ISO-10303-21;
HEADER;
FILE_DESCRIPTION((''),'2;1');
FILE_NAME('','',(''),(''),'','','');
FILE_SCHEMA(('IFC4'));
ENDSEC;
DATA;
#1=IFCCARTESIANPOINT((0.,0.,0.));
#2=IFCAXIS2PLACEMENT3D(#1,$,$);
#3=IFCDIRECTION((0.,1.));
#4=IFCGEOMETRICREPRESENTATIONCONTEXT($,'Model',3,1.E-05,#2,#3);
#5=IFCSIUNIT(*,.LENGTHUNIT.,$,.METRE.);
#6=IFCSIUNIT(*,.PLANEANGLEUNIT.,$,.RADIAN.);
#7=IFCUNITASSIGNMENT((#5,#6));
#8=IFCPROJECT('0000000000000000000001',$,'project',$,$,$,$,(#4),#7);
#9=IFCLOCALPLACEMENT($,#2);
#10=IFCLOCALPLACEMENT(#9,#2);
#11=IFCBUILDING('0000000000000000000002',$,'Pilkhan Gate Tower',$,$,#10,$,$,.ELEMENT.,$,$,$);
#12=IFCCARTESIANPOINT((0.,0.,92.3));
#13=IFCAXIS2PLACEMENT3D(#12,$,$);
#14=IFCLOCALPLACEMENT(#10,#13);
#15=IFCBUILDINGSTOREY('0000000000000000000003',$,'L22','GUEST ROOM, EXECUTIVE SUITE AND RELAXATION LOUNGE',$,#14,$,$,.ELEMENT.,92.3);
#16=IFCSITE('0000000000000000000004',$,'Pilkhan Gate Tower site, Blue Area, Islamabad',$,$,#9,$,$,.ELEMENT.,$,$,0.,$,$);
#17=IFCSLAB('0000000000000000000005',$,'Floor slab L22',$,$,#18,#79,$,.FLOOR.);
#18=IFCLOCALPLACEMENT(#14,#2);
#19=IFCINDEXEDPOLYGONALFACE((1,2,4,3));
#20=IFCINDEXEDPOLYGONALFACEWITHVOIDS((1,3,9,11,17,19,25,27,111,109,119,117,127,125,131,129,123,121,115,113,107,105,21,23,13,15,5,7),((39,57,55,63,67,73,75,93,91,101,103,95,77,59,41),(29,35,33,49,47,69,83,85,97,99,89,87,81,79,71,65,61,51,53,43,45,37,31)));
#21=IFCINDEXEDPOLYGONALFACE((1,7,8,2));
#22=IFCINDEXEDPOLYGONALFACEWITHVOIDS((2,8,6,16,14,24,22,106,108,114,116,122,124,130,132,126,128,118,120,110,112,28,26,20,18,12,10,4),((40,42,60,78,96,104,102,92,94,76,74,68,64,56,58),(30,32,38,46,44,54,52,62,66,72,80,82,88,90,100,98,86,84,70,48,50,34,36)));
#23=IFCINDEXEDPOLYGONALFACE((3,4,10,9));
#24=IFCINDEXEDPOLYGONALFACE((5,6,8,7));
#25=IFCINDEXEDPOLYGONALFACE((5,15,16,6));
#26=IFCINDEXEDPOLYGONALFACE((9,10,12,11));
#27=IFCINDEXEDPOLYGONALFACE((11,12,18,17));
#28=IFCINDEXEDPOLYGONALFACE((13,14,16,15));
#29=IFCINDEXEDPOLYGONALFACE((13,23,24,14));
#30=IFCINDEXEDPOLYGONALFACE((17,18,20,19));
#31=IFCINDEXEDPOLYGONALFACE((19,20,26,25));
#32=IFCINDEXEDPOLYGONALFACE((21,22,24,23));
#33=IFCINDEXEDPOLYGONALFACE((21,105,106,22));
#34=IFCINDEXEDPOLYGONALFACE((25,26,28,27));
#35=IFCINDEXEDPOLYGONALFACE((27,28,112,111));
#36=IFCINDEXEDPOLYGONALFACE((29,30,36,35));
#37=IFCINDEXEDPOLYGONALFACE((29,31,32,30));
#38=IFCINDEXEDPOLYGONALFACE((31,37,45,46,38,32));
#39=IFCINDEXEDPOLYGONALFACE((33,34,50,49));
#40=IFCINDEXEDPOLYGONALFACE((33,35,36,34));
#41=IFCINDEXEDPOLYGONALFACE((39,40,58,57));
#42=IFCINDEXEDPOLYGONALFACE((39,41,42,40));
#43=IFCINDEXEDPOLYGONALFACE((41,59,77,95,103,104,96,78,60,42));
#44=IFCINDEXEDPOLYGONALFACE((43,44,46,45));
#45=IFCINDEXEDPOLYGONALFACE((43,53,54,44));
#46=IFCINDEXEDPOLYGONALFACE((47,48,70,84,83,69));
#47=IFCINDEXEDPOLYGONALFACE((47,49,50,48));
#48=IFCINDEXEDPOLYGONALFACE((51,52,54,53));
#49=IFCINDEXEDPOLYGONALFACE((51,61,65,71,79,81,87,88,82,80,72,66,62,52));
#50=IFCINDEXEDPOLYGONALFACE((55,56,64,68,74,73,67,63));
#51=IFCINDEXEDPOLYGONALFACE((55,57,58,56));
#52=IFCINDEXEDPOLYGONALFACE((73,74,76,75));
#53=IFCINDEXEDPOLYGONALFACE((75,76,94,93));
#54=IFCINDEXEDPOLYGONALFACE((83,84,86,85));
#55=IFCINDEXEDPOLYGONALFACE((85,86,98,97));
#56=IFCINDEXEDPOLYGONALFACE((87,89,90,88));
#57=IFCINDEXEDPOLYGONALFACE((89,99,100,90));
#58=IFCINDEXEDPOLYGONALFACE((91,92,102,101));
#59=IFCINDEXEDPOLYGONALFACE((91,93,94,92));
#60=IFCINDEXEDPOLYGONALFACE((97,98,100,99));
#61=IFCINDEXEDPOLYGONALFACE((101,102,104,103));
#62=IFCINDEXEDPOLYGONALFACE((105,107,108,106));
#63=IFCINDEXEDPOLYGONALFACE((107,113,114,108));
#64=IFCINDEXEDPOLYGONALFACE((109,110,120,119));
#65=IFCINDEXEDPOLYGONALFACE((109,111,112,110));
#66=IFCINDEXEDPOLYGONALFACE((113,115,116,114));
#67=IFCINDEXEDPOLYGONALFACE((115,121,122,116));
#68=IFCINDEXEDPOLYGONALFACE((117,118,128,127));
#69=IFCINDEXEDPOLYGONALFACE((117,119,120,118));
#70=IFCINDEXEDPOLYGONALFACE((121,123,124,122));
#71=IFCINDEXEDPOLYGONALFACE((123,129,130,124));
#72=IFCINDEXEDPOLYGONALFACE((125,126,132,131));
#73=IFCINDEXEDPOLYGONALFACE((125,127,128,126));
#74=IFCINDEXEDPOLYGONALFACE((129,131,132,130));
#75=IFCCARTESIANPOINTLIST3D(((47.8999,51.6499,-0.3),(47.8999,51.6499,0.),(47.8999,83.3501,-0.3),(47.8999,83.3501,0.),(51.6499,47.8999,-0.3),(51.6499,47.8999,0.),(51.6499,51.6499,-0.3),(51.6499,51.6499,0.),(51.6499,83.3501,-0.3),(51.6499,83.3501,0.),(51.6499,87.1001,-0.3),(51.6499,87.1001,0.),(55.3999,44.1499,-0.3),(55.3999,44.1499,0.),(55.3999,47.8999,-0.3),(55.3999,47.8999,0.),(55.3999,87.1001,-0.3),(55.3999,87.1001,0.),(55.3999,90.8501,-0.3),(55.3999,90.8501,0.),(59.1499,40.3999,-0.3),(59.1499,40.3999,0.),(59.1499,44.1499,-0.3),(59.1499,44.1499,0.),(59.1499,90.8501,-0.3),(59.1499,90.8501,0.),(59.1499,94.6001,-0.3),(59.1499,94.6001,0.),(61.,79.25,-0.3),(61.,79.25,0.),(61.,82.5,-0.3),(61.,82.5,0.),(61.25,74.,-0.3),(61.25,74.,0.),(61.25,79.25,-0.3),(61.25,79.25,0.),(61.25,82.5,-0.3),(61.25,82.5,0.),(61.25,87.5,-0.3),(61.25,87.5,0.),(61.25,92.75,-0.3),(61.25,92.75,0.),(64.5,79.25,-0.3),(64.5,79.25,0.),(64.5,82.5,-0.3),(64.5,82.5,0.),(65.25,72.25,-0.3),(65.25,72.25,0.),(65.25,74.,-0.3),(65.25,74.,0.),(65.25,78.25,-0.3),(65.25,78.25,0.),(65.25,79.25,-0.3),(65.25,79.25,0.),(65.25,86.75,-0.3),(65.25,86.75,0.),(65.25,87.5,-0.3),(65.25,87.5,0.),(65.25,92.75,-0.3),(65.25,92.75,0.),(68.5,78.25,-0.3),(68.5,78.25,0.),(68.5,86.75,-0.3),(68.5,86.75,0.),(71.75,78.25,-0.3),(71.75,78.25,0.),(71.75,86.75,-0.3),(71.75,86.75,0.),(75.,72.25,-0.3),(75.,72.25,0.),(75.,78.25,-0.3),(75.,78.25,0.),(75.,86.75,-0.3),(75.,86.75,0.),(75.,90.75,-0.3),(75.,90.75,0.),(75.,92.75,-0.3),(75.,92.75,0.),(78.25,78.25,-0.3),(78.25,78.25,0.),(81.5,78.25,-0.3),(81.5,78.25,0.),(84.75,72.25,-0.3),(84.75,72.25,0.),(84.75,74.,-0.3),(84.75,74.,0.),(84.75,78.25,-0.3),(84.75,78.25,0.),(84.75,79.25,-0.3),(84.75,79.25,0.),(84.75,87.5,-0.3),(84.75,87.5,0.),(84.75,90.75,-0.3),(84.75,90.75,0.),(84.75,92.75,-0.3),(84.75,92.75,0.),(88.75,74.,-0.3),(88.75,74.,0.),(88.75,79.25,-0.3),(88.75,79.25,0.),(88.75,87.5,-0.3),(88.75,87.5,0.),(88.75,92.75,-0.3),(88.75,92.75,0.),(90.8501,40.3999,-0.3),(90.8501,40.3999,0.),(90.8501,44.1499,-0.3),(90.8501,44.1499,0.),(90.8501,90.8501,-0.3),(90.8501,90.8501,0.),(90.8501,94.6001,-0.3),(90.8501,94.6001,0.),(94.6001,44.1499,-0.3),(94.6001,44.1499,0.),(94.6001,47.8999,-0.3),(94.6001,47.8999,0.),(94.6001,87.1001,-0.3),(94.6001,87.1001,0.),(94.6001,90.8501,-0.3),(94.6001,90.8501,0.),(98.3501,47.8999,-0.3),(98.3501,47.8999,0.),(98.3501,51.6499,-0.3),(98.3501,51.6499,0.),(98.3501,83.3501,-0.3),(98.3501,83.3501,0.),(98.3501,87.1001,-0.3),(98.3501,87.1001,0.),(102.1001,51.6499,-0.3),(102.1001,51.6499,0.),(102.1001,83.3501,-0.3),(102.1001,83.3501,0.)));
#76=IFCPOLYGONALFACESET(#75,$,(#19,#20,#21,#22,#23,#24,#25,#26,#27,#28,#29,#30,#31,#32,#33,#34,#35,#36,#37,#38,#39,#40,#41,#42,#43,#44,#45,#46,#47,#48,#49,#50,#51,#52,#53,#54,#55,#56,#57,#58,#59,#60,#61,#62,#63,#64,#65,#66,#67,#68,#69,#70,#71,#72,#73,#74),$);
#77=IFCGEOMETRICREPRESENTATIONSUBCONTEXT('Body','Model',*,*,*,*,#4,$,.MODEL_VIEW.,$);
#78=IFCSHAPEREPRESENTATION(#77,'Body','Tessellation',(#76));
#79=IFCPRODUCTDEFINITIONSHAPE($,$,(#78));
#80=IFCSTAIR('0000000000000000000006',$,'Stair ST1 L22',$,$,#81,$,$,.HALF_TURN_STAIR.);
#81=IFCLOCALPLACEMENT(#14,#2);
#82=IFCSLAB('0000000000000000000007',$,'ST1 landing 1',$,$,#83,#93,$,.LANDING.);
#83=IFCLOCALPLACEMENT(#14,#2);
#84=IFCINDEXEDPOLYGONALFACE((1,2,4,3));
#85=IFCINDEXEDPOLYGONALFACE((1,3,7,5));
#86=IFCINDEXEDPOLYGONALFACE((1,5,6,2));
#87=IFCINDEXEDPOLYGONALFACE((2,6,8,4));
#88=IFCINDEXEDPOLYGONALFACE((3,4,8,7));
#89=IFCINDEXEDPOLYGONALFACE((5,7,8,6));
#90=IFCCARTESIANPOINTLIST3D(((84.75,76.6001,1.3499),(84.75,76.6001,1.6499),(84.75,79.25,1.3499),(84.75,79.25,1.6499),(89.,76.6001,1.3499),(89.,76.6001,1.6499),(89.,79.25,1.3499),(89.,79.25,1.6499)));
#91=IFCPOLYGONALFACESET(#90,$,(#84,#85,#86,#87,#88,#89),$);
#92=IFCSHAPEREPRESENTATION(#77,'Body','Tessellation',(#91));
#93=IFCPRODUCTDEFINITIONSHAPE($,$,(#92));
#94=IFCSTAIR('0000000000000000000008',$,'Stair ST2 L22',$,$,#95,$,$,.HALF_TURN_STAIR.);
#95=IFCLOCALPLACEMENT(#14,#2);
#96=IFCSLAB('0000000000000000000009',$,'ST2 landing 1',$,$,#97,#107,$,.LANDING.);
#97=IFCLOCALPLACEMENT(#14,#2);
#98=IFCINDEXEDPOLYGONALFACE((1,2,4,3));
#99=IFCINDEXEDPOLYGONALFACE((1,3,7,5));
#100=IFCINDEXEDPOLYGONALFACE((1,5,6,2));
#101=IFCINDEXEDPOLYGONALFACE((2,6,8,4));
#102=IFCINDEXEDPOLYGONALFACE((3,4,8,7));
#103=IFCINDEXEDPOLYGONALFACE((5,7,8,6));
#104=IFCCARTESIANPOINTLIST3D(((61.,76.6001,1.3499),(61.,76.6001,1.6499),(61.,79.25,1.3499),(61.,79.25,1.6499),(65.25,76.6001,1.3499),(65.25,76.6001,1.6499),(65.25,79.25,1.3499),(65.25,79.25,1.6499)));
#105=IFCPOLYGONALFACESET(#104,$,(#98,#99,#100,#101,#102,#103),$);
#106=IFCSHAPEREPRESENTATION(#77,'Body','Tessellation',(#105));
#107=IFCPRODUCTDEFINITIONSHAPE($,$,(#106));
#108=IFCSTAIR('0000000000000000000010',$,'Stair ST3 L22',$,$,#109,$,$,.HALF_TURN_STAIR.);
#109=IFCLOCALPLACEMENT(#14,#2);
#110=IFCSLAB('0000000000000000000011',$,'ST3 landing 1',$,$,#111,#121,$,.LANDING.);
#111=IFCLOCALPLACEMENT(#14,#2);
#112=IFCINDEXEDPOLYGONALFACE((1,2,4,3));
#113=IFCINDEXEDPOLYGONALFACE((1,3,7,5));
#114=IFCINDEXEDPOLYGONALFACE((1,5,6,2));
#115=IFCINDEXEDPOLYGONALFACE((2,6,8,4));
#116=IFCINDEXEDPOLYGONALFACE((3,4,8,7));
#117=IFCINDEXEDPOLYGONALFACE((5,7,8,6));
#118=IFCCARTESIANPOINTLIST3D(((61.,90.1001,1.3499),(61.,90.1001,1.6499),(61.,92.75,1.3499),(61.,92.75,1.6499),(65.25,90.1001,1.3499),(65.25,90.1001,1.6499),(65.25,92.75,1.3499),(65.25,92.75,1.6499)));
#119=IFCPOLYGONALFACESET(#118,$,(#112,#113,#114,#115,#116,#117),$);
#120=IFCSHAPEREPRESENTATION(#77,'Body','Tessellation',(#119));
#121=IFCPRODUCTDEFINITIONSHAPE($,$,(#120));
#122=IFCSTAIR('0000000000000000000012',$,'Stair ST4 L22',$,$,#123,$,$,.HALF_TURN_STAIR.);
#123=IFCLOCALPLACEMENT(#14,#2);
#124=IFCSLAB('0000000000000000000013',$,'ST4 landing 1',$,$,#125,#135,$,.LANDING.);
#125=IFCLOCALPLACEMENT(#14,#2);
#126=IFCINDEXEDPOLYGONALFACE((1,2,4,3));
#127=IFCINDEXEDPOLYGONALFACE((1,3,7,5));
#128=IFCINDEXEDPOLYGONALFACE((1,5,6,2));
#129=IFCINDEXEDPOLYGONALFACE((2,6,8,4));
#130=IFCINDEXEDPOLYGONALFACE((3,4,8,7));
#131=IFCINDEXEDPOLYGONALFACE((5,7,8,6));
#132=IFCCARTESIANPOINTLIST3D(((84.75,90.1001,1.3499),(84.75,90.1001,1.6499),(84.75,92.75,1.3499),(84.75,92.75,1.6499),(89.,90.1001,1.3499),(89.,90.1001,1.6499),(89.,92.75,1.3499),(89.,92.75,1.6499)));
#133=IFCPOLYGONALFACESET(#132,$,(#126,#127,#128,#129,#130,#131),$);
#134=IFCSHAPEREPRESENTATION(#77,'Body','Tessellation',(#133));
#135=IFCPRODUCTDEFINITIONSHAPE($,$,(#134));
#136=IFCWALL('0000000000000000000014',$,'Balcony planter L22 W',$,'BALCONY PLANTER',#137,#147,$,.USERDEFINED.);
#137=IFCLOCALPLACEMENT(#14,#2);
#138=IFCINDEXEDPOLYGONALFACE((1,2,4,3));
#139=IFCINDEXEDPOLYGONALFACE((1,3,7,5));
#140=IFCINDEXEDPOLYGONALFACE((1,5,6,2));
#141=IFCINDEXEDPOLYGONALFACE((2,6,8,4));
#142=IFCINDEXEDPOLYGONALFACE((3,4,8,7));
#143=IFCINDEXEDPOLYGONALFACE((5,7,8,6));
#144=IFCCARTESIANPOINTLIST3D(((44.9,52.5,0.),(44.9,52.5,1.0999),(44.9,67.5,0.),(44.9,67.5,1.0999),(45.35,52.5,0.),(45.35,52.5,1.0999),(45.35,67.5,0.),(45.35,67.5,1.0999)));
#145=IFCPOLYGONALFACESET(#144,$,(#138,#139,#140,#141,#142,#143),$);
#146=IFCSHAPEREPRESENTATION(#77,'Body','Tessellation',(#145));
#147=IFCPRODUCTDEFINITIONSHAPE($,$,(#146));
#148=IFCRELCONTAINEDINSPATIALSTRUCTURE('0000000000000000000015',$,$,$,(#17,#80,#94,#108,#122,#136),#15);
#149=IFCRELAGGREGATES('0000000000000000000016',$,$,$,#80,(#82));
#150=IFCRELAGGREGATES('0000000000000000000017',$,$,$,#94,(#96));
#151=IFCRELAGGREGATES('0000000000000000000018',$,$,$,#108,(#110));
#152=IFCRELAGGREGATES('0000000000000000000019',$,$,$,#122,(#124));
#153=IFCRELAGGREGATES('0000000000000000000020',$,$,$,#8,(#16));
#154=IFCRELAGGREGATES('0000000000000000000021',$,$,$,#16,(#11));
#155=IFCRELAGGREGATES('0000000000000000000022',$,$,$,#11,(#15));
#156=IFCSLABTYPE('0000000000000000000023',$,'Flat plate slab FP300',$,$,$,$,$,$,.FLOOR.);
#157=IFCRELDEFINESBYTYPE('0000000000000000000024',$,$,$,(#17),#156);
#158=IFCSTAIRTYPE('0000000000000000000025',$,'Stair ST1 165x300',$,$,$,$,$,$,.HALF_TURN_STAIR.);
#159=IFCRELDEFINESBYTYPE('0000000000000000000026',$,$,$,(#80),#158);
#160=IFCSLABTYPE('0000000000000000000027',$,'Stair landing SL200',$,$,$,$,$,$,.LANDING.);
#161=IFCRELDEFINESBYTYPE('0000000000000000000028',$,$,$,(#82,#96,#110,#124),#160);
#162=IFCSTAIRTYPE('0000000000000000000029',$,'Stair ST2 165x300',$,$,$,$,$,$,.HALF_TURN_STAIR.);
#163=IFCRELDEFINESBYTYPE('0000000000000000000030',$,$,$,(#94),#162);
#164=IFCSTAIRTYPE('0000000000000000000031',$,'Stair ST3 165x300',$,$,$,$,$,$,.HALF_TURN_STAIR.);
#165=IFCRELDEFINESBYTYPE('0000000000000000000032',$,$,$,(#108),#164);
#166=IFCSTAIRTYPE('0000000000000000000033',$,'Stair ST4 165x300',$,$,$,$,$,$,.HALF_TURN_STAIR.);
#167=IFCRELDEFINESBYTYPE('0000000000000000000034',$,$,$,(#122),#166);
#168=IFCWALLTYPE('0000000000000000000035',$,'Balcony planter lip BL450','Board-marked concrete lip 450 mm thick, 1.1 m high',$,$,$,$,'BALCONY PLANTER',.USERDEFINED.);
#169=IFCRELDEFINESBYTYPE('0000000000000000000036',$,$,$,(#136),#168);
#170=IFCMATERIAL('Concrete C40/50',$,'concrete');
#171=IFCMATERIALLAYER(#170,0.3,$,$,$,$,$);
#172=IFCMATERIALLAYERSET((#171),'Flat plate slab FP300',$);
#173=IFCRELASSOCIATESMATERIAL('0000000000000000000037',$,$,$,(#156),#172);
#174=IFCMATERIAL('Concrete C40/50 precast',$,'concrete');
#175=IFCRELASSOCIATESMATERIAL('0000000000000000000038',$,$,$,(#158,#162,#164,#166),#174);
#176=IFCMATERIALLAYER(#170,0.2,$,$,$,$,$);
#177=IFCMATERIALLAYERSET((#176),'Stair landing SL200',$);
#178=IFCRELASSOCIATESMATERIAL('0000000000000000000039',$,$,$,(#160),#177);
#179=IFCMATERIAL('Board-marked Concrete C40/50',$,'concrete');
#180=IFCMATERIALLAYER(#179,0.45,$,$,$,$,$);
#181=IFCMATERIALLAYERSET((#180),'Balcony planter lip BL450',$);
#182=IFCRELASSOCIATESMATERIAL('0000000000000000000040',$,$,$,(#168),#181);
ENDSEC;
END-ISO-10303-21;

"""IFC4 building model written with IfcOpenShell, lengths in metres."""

from ifc_helpers import new_model, si_unit, direction, frame, frame_2d, origin, place, context, subcontext, project, spatial, polyline, rectangle, outline, extrude, material, layer, layer_set, type_object, element, aggregate, save


model = new_model("IFC4")

# Units and contexts
model_context = context("Model", 3, precision=1e-05, world=origin(), true_north=direction((0.0, 1.0)))
body_context = subcontext(model_context, "Body", "Model", "MODEL_VIEW")
ifc_project = project(units=[si_unit("LENGTHUNIT", "METRE"), si_unit("PLANEANGLEUNIT", "RADIAN")], contexts=[model_context])

# Site, building, storey
site_placement = place(None, origin())
site = spatial("IfcSite", under=ifc_project, at=site_placement, Name="Pilkhan Gate Tower site, Blue Area, Islamabad", CompositionType="ELEMENT", RefElevation=0.0)
building_placement = place(site_placement, origin())
building = spatial("IfcBuilding", under=site, at=building_placement, Name="Pilkhan Gate Tower", CompositionType="ELEMENT")
storey_placement = place(building_placement, frame((0.0, 0.0, 92.3)))
storey = spatial("IfcBuildingStorey", under=building, at=storey_placement, Name="L22", Description="GUEST ROOM, EXECUTIVE SUITE AND RELAXATION LOUNGE", CompositionType="ELEMENT", Elevation=92.3)

# Slab
ifc_material_1 = material(Name="Concrete C40/50", Category="concrete")
ifc_layer_1 = layer(ifc_material_1, 0.3)
ifc_layer_set_1 = layer_set([ifc_layer_1], Name="Flat plate slab FP300")
slab_type_1 = type_object("IfcSlabType", Name="Flat plate slab FP300", PredefinedType="FLOOR", material=ifc_layer_set_1)
slab_1_placement = place(storey_placement, frame((0.0, 0.0, -0.3)))
element("IfcSlab", 1, at=slab_1_placement, inside=storey, type_object=slab_type_1, Name="Floor slab L22", PredefinedType="FLOOR", context=body_context, shape_type="SweptSolid", body=[
    extrude(outline(polyline([(98.3501, 47.8999), (94.6001, 47.8999), (94.6001, 44.1499), (90.8501, 44.1499), (90.8501, 40.3999), (59.1499, 40.3999), (59.1499, 44.1499), (55.3999, 44.1499), (55.3999, 47.8999), (51.6499, 47.8999), (51.6499, 51.6499), (47.8999, 51.6499), (47.8999, 83.3501), (51.6499, 83.3501), (51.6499, 87.1001), (55.3999, 87.1001), (55.3999, 90.8501), (59.1499, 90.8501), (59.1499, 94.6001), (90.8501, 94.6001), (90.8501, 90.8501), (94.6001, 90.8501), (94.6001, 87.1001), (98.3501, 87.1001), (98.3501, 83.3501), (102.1001, 83.3501), (102.1001, 51.6499), (98.3501, 51.6499), (98.3501, 47.8999)]), holes=[polyline([(65.25, 87.5), (65.25, 86.75), (68.5, 86.75), (71.75, 86.75), (75.0, 86.75), (75.0, 90.75), (84.75, 90.75), (84.75, 87.5), (88.75, 87.5), (88.75, 92.75), (84.75, 92.75), (75.0, 92.75), (65.25, 92.75), (61.25, 92.75), (61.25, 87.5), (65.25, 87.5)]), polyline([(75.0, 72.25), (84.75, 72.25), (84.75, 74.0), (88.75, 74.0), (88.75, 79.25), (84.75, 79.25), (84.75, 78.25), (81.5, 78.25), (78.25, 78.25), (75.0, 78.25), (71.75, 78.25), (68.5, 78.25), (65.25, 78.25), (65.25, 79.25), (64.5, 79.25), (64.5, 82.5), (61.25, 82.5), (61.0, 82.5), (61.0, 79.25), (61.25, 79.25), (61.25, 74.0), (65.25, 74.0), (65.25, 72.25), (75.0, 72.25)])]), origin(), (0.0, 0.0, 1.0), 0.3),
])

# Stairs, slabs
ifc_material_2 = material(Name="Concrete C40/50 precast", Category="concrete")
stair_type_1 = type_object("IfcStairType", Name="Stair ST1 165x300", PredefinedType="HALF_TURN_STAIR", material=ifc_material_2)
stair_1_placement = place(storey_placement, origin())
stair_1 = element("IfcStair", 2, at=stair_1_placement, inside=storey, type_object=stair_type_1, Name="Stair ST1 L22", PredefinedType="HALF_TURN_STAIR")
ifc_layer_2 = layer(ifc_material_1, 0.2)
ifc_layer_set_2 = layer_set([ifc_layer_2], Name="Stair landing SL200")
slab_type_2 = type_object("IfcSlabType", Name="Stair landing SL200", PredefinedType="LANDING", material=ifc_layer_set_2)
slab_2_placement = place(storey_placement, frame((0.0, 0.0, 1.3499)))
slab_2 = element("IfcSlab", 3, at=slab_2_placement, type_object=slab_type_2, Name="ST1 landing 1", PredefinedType="LANDING", context=body_context, shape_type="SweptSolid", body=[
    extrude(outline(polyline([(89.0, 76.6001), (89.0, 79.25), (84.75, 79.25), (84.75, 76.6001), (89.0, 76.6001)])), origin(), (0.0, 0.0, 1.0), 0.3),
])
aggregate(stair_1, [slab_2])
stair_type_2 = type_object("IfcStairType", Name="Stair ST2 165x300", PredefinedType="HALF_TURN_STAIR", material=ifc_material_2)
stair_2_placement = place(storey_placement, origin())
stair_2 = element("IfcStair", 4, at=stair_2_placement, inside=storey, type_object=stair_type_2, Name="Stair ST2 L22", PredefinedType="HALF_TURN_STAIR")
slab_3_placement = place(storey_placement, frame((0.0, 0.0, 1.3499)))
slab_3 = element("IfcSlab", 5, at=slab_3_placement, type_object=slab_type_2, Name="ST2 landing 1", PredefinedType="LANDING", context=body_context, shape_type="SweptSolid", body=[
    extrude(outline(polyline([(65.25, 76.6001), (65.25, 79.25), (61.0, 79.25), (61.0, 76.6001), (65.25, 76.6001)])), origin(), (0.0, 0.0, 1.0), 0.3),
])
aggregate(stair_2, [slab_3])
stair_type_3 = type_object("IfcStairType", Name="Stair ST3 165x300", PredefinedType="HALF_TURN_STAIR", material=ifc_material_2)
stair_3_placement = place(storey_placement, origin())
stair_3 = element("IfcStair", 6, at=stair_3_placement, inside=storey, type_object=stair_type_3, Name="Stair ST3 L22", PredefinedType="HALF_TURN_STAIR")
slab_4_placement = place(storey_placement, frame((0.0, 0.0, 1.3499)))
slab_4 = element("IfcSlab", 7, at=slab_4_placement, type_object=slab_type_2, Name="ST3 landing 1", PredefinedType="LANDING", context=body_context, shape_type="SweptSolid", body=[
    extrude(outline(polyline([(65.25, 90.1001), (65.25, 92.75), (61.0, 92.75), (61.0, 90.1001), (65.25, 90.1001)])), origin(), (0.0, 0.0, 1.0), 0.3),
])
aggregate(stair_3, [slab_4])
stair_type_4 = type_object("IfcStairType", Name="Stair ST4 165x300", PredefinedType="HALF_TURN_STAIR", material=ifc_material_2)
stair_4_placement = place(storey_placement, origin())
stair_4 = element("IfcStair", 8, at=stair_4_placement, inside=storey, type_object=stair_type_4, Name="Stair ST4 L22", PredefinedType="HALF_TURN_STAIR")
slab_5_placement = place(storey_placement, frame((0.0, 0.0, 1.3499)))
slab_5 = element("IfcSlab", 9, at=slab_5_placement, type_object=slab_type_2, Name="ST4 landing 1", PredefinedType="LANDING", context=body_context, shape_type="SweptSolid", body=[
    extrude(outline(polyline([(89.0, 90.1001), (89.0, 92.75), (84.75, 92.75), (84.75, 90.1001), (89.0, 90.1001)])), origin(), (0.0, 0.0, 1.0), 0.3),
])
aggregate(stair_4, [slab_5])

# Wall
ifc_material_3 = material(Name="Board-marked Concrete C40/50", Category="concrete")
ifc_layer_3 = layer(ifc_material_3, 0.45)
ifc_layer_set_3 = layer_set([ifc_layer_3], Name="Balcony planter lip BL450")
wall_type = type_object("IfcWallType", Name="Balcony planter lip BL450", Description="Board-marked concrete lip 450 mm thick, 1.1 m high", ElementType="BALCONY PLANTER", PredefinedType="USERDEFINED", material=ifc_layer_set_3)
wall_placement = place(storey_placement, frame((45.125, 52.5, 0.0), z_axis=(0.0, 0.0, 1.0), x_axis=(0.0, 1.0, 0.0)))
element("IfcWall", 10, at=wall_placement, inside=storey, type_object=wall_type, Name="Balcony planter L22 W", ObjectType="BALCONY PLANTER", PredefinedType="USERDEFINED", context=body_context, shape_type="SweptSolid", body=[
    extrude(rectangle(XDim=15.0, YDim=0.45, at=frame_2d((7.5, 0.0))), origin(), (0.0, 0.0, 1.0), 1.0999),
])

save(model, "model.ifc")
